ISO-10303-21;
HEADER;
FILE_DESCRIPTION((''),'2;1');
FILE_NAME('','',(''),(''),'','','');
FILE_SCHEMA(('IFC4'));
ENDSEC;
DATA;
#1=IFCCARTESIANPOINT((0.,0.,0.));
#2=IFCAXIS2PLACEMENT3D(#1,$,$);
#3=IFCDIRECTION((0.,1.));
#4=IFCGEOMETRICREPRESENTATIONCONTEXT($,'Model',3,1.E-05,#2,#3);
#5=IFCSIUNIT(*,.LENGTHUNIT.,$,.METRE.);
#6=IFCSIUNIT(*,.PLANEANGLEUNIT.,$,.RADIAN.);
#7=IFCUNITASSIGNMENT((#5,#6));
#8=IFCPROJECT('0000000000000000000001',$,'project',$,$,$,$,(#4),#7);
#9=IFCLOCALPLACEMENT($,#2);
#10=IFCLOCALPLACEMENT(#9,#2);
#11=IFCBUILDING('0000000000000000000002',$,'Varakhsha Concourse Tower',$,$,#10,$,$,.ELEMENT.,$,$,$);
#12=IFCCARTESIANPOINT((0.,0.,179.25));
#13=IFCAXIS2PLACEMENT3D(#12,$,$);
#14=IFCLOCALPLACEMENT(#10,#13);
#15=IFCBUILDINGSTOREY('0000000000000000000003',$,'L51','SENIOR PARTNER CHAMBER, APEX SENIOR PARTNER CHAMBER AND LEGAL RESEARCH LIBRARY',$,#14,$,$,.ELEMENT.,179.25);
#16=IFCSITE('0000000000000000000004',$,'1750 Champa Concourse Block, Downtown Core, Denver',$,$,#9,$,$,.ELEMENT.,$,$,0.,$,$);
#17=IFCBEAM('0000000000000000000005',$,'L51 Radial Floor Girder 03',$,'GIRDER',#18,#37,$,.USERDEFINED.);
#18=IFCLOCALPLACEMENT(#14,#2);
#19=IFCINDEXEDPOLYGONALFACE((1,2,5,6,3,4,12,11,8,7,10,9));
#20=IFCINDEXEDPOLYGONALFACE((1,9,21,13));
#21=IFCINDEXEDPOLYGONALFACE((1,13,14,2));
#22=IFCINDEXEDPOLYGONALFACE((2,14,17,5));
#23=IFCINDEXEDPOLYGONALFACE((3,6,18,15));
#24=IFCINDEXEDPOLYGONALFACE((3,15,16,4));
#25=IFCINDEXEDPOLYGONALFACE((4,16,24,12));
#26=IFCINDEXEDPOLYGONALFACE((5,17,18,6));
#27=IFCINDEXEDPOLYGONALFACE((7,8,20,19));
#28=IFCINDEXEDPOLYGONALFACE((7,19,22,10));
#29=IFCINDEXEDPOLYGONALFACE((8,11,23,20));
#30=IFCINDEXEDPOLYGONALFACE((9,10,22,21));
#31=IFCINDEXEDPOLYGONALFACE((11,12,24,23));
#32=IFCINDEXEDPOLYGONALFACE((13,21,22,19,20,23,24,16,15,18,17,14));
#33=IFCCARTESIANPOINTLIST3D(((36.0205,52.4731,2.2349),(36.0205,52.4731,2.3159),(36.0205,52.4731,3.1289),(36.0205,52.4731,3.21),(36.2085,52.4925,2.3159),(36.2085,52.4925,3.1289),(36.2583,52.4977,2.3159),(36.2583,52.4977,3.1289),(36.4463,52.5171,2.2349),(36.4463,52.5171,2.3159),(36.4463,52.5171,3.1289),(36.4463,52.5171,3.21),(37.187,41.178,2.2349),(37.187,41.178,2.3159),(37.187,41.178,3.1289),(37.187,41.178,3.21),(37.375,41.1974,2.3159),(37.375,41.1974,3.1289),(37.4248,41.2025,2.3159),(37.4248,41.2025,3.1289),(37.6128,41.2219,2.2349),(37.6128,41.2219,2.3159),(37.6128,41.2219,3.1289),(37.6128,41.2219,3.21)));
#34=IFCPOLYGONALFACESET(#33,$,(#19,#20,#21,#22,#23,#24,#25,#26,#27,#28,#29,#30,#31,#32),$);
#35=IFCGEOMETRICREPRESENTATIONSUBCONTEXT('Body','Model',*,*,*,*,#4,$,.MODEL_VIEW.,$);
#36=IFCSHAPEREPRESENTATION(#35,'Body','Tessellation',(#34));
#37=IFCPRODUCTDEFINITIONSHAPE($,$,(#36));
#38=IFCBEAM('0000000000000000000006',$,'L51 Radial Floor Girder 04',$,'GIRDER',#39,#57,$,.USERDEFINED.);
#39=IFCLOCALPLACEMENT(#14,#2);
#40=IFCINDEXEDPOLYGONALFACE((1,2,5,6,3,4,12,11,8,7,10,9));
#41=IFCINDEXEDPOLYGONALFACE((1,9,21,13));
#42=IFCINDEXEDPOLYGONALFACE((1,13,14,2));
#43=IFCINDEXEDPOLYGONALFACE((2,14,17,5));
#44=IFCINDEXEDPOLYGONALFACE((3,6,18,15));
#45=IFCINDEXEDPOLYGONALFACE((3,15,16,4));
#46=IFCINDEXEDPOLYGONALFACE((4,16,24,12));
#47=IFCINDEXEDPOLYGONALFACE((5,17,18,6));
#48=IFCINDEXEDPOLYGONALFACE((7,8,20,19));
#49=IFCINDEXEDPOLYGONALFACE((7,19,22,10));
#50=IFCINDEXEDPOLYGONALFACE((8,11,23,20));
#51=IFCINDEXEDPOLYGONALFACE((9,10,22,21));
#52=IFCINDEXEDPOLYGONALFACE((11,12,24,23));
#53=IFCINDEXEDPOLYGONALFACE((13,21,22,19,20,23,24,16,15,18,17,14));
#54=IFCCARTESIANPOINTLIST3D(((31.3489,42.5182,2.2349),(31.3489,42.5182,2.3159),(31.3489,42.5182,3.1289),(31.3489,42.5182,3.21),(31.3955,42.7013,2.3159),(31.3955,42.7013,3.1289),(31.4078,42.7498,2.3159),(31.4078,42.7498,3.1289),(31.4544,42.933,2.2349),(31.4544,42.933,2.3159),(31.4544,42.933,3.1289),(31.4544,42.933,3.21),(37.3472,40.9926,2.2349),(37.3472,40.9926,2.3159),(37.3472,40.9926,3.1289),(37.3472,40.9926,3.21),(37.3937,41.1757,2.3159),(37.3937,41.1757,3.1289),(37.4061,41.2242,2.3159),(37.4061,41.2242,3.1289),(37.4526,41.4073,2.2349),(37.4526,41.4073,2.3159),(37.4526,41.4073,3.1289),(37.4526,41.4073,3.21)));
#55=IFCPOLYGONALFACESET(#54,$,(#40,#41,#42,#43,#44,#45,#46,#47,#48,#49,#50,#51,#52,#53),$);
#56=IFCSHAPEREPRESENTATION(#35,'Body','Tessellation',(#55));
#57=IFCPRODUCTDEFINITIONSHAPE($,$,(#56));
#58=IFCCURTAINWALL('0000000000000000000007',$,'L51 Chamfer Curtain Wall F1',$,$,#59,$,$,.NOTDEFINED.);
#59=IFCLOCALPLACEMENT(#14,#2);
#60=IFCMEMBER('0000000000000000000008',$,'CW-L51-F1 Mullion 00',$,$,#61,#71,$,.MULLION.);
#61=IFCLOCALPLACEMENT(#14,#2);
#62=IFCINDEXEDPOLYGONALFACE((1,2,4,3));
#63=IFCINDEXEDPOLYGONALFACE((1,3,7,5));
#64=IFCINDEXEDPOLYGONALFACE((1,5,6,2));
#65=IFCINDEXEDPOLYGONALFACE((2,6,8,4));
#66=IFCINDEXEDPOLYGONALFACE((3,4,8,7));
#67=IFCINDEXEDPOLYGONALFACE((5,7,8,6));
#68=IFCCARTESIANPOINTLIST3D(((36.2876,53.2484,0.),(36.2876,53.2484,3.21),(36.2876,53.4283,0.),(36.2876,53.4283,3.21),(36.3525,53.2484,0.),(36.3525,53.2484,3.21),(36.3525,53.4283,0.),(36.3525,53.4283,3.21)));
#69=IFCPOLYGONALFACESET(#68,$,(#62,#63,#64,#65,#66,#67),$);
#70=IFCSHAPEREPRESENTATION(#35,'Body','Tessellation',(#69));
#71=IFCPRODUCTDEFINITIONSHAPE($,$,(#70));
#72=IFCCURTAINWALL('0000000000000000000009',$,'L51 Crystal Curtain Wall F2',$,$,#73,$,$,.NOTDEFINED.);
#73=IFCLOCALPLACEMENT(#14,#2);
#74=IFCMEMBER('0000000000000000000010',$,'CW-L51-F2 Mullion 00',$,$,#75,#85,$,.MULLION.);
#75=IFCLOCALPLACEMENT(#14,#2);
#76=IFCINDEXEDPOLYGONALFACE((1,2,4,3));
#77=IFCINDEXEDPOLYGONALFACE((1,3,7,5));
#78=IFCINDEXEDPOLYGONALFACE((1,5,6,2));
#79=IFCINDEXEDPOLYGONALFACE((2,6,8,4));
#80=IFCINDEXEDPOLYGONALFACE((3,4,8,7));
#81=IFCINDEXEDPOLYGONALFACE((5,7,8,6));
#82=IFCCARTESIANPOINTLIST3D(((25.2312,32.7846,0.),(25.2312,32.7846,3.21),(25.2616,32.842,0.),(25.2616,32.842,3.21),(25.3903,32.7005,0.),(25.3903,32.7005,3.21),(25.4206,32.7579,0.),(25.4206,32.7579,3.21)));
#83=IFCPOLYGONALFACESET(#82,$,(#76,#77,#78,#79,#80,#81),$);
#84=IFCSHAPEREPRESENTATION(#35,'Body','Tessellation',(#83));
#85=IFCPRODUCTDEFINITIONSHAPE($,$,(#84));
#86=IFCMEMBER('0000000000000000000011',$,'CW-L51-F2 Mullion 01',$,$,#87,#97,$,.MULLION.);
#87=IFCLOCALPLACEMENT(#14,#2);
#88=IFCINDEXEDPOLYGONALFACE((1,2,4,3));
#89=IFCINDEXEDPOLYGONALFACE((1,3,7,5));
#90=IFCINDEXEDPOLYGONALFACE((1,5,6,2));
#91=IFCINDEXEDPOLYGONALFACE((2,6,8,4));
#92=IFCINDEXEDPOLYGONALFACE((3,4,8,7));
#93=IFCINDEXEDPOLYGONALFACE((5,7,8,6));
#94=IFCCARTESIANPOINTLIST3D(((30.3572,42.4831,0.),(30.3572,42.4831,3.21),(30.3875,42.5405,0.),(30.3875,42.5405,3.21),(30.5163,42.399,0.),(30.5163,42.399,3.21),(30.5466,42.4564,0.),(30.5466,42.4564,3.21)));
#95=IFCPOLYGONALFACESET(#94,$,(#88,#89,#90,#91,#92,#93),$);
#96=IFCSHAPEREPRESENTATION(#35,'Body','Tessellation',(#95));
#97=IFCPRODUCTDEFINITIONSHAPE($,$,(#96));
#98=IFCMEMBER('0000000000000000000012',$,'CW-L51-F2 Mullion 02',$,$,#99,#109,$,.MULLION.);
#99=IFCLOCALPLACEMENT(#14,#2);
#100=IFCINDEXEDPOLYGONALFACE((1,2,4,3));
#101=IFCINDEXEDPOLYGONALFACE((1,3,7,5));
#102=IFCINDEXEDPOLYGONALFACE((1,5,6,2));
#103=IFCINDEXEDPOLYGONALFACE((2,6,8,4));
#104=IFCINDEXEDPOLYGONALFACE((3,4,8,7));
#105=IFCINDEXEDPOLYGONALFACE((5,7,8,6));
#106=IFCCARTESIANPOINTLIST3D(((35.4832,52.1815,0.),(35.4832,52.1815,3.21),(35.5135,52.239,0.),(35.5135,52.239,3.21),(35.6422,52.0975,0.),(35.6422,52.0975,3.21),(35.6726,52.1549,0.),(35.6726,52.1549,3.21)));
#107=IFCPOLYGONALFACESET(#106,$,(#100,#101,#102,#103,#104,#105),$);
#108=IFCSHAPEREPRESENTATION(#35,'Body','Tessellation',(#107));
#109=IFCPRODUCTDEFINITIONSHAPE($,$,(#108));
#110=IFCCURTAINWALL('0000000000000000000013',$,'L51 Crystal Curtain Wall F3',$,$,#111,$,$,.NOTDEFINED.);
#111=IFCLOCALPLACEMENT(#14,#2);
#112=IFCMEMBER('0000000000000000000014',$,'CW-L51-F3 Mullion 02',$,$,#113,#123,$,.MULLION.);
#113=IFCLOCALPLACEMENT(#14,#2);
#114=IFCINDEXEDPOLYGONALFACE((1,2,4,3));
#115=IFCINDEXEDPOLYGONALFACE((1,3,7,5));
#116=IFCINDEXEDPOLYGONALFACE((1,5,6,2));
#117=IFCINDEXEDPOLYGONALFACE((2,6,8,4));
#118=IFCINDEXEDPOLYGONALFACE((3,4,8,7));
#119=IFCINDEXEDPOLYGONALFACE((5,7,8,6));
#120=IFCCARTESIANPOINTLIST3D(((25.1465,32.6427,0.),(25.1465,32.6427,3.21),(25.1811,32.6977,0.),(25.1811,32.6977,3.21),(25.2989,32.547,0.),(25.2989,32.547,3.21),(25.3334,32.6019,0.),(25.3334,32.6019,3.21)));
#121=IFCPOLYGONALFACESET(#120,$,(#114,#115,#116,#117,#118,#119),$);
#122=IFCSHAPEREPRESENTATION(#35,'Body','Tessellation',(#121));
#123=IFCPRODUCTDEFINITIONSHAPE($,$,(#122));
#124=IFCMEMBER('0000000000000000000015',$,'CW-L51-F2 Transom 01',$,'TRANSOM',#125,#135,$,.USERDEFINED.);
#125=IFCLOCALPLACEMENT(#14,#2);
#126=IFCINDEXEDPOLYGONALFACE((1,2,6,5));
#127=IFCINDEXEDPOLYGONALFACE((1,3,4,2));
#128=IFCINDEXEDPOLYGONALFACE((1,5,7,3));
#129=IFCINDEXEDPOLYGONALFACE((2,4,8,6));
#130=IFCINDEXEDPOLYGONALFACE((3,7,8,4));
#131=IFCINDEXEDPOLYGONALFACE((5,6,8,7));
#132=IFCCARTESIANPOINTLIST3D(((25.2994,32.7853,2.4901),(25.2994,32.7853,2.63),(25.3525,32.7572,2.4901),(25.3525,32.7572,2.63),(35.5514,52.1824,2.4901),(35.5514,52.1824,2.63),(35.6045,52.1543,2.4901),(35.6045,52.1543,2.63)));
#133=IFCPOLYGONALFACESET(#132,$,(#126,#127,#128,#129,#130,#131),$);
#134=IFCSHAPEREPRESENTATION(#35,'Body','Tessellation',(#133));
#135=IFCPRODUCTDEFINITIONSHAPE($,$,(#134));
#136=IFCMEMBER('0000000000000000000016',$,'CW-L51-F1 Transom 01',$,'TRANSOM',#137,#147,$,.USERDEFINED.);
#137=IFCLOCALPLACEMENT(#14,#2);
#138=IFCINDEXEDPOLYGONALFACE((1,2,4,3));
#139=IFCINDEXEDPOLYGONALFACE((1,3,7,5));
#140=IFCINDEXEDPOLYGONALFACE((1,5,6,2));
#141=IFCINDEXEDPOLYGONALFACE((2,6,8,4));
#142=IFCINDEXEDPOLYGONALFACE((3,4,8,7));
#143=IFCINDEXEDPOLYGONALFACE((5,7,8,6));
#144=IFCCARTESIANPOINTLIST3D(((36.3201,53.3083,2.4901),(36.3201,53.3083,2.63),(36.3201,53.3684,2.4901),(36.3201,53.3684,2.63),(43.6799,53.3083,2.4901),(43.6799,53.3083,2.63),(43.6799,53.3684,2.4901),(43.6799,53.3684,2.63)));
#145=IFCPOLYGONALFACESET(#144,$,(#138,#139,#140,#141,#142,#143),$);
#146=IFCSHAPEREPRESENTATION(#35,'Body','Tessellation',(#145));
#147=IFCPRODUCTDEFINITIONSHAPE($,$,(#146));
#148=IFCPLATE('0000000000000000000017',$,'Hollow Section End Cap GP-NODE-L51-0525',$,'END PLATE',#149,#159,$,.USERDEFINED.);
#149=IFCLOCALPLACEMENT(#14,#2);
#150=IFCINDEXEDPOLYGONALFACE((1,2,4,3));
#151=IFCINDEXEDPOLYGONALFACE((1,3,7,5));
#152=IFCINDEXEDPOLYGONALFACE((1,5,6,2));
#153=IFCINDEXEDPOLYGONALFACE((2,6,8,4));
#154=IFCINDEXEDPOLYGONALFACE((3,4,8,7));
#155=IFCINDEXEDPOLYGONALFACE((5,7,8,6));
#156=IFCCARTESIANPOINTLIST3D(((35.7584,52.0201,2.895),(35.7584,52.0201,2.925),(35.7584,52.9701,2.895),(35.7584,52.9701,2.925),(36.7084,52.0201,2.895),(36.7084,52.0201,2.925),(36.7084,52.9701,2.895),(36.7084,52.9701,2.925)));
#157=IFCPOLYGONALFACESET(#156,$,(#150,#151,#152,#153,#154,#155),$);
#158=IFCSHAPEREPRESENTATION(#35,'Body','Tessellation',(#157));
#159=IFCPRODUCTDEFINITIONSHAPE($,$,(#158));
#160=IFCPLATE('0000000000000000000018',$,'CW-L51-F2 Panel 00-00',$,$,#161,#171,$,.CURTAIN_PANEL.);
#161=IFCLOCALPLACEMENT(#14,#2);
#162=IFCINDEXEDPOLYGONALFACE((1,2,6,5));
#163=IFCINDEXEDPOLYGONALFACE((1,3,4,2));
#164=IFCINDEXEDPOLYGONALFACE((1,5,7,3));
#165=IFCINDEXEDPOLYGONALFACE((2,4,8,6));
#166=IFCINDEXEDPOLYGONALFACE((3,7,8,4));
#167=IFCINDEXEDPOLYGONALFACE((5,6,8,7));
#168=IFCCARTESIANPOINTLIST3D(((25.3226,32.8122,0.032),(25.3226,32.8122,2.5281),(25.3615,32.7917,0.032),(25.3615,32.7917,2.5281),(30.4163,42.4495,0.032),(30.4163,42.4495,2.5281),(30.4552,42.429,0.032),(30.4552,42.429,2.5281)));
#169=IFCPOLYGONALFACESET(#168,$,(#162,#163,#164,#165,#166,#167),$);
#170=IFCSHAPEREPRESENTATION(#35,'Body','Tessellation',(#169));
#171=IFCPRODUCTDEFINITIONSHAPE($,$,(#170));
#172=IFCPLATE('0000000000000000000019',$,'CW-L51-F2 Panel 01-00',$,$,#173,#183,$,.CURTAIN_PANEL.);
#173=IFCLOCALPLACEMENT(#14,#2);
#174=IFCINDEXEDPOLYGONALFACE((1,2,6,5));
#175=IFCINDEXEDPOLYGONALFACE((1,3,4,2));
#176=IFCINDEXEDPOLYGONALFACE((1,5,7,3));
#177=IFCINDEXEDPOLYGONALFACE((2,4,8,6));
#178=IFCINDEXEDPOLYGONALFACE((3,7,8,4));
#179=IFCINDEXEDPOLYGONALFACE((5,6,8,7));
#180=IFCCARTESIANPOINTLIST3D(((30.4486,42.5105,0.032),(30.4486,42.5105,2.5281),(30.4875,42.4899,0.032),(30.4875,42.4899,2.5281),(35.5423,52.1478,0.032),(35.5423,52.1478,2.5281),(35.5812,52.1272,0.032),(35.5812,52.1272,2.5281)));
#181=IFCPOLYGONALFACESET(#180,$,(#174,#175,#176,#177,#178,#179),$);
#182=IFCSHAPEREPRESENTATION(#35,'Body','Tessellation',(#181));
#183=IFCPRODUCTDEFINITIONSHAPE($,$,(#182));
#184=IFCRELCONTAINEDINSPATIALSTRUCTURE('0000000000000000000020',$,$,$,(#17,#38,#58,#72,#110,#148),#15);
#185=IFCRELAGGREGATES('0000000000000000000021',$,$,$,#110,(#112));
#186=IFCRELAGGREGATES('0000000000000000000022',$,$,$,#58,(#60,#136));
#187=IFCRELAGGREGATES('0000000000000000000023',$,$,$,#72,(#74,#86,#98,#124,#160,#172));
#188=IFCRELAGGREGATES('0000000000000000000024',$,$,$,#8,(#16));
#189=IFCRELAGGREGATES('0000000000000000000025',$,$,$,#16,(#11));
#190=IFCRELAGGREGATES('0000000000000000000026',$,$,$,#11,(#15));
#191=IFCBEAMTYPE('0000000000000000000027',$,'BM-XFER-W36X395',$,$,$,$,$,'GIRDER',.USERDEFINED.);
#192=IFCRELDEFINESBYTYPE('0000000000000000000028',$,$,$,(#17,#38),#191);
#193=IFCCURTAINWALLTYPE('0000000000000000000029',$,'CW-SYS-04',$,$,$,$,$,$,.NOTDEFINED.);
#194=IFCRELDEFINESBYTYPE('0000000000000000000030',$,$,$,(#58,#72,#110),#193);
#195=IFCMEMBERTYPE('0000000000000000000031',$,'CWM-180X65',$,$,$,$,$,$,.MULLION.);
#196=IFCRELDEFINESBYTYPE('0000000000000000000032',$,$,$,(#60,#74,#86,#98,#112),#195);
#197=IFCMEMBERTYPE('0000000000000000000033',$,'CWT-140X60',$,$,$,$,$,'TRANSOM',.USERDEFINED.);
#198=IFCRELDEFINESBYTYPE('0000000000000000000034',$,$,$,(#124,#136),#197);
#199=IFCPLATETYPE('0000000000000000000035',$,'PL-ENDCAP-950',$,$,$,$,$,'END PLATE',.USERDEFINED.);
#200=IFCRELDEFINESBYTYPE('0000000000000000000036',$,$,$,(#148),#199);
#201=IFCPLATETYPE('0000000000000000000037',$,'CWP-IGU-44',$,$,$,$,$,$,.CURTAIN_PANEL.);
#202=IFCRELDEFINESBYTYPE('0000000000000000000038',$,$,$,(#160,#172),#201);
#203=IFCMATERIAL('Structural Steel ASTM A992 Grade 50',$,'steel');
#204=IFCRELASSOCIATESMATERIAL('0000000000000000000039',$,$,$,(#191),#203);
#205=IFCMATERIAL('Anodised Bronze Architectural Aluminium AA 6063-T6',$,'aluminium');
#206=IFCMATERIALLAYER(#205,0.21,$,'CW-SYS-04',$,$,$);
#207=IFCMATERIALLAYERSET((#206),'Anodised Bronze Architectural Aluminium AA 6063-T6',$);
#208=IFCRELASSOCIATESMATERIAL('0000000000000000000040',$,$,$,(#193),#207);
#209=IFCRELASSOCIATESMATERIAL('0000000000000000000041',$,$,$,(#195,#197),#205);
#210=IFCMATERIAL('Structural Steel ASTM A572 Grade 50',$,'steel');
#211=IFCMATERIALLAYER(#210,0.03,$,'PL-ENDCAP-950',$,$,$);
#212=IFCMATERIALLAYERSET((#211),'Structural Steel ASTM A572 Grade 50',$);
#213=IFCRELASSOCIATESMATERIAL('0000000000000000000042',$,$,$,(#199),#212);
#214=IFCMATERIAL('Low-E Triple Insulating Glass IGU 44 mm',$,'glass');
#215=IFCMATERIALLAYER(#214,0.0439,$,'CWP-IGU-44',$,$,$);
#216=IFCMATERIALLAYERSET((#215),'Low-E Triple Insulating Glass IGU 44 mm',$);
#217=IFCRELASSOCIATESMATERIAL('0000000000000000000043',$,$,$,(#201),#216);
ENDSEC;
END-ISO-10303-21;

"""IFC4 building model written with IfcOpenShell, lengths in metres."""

from ifc_helpers import new_model, si_unit, direction, frame, origin, origin_2d, place, context, subcontext, project, spatial, rectangle, i_section, extrude, source, transform, mapped, material, layer, layer_set, material_profile, profile_set, type_object, type_shapes, element, aggregate, save


model = new_model("IFC4")

# Units and contexts
model_context = context("Model", 3, precision=1e-05, world=origin(), true_north=direction((0.0, 1.0)))
body_context = subcontext(model_context, "Body", "Model", "MODEL_VIEW")
ifc_project = project(units=[si_unit("LENGTHUNIT", "METRE"), si_unit("PLANEANGLEUNIT", "RADIAN")], contexts=[model_context])

# Site, building, storey
site_placement = place(None, origin())
site = spatial("IfcSite", under=ifc_project, at=site_placement, Name="1750 Champa Concourse Block, Downtown Core, Denver", CompositionType="ELEMENT", RefElevation=0.0)
building_placement = place(site_placement, origin())
building = spatial("IfcBuilding", under=site, at=building_placement, Name="Varakhsha Concourse Tower", CompositionType="ELEMENT")
storey_placement = place(building_placement, frame((0.0, 0.0, 179.25)))
storey = spatial("IfcBuildingStorey", under=building, at=storey_placement, Name="L51", Description="SENIOR PARTNER CHAMBER, APEX SENIOR PARTNER CHAMBER AND LEGAL RESEARCH LIBRARY", CompositionType="ELEMENT", Elevation=179.25)

# Shared definitions
ifc_material_1 = material(Name="Structural Steel ASTM A992 Grade 50", Category="steel")
ifc_material_2 = material(Name="Structural Steel ASTM A572 Grade 50", Category="steel")

# Beams
ifc_material_profile_1 = material_profile(ifc_material_1, i_section(OverallWidth=0.428, OverallDepth=0.9751, WebThickness=0.05, FlangeThickness=0.0811, at=origin_2d()), Name="W36X395")
ifc_profile_set_1 = profile_set([ifc_material_profile_1], Name="Structural Steel ASTM A992 Grade 50")
beam_type_1 = type_object("IfcBeamType", Name="BM-XFER-W36X395", ElementType="GIRDER", PredefinedType="USERDEFINED", material=ifc_profile_set_1)
beam_1_placement = place(storey_placement, frame((37.3999, 41.2, 2.7224), z_axis=(-0.102728, 0.994709, 0.0), x_axis=(-0.994709, -0.102728, 0.0)))
element("IfcBeam", 1, at=beam_1_placement, inside=storey, type_object=beam_type_1, Name="L51 Radial Floor Girder 03", ObjectType="GIRDER", PredefinedType="USERDEFINED", context=body_context, shape_type="SweptSolid", body=[
    extrude(i_section(OverallWidth=0.428, OverallDepth=0.9751, WebThickness=0.05, FlangeThickness=0.0811, at=origin_2d()), origin(), (0.0, 0.0, 1.0), 11.3552),
])
beam_2_placement = place(storey_placement, frame((37.3999, 41.2, 2.7224), z_axis=(-0.969144, 0.246497, 0.0), x_axis=(-0.246497, -0.969144, 0.0)))
element("IfcBeam", 2, at=beam_2_placement, inside=storey, type_object=beam_type_1, Name="L51 Radial Floor Girder 04", ObjectType="GIRDER", PredefinedType="USERDEFINED", context=body_context, shape_type="SweptSolid", body=[
    extrude(i_section(OverallWidth=0.428, OverallDepth=0.9751, WebThickness=0.05, FlangeThickness=0.0811, at=origin_2d()), origin(), (0.0, 0.0, 1.0), 6.1892),
])

# Curtain wall, member
ifc_material_3 = material(Name="Anodised Bronze Architectural Aluminium AA 6063-T6", Category="aluminium")
ifc_layer_1 = layer(ifc_material_3, 0.21, Name="CW-SYS-04")
ifc_layer_set_1 = layer_set([ifc_layer_1], Name="Anodised Bronze Architectural Aluminium AA 6063-T6")
curtain_wall_type = type_object("IfcCurtainWallType", Name="CW-SYS-04", PredefinedType="NOTDEFINED", material=ifc_layer_set_1)
curtain_wall_1_placement = place(storey_placement, origin())
curtain_wall_1 = element("IfcCurtainWall", 3, at=curtain_wall_1_placement, inside=storey, type_object=curtain_wall_type, Name="L51 Chamfer Curtain Wall F1", PredefinedType="NOTDEFINED")
ifc_material_profile_2 = material_profile(ifc_material_3, rectangle(XDim=0.0649, YDim=0.1799, at=origin_2d()), Name="CWM-180X65")
ifc_profile_set_2 = profile_set([ifc_material_profile_2], Name="Anodised Bronze Architectural Aluminium AA 6063-T6")
member_type_1 = type_object("IfcMemberType", Name="CWM-180X65", PredefinedType="MULLION", material=ifc_profile_set_2)
shared_shape_1 = source(origin(), body_context, "Body", "SweptSolid", [
    extrude(rectangle(XDim=0.0649, YDim=0.1799, at=origin_2d()), origin(), (0.0, 0.0, 1.0), 3.21),
])
type_shapes(member_type_1, [shared_shape_1])
member_1_placement = place(storey_placement, frame((36.3201, 53.3384, 0.0), z_axis=(0.0, 0.0, 1.0), x_axis=(1.0, 0.0, 0.0)))
member_1 = element("IfcMember", 4, at=member_1_placement, type_object=member_type_1, Name="CW-L51-F1 Mullion 00", PredefinedType="MULLION", context=body_context, shape_type="MappedRepresentation", body=[
    mapped(shared_shape_1, transform((0.0, 0.0, 0.0), scale=1.0)),
])

# Curtain wall, members
curtain_wall_2_placement = place(storey_placement, origin())
curtain_wall_2 = element("IfcCurtainWall", 5, at=curtain_wall_2_placement, inside=storey, type_object=curtain_wall_type, Name="L51 Crystal Curtain Wall F2", PredefinedType="NOTDEFINED")
member_2_placement = place(storey_placement, frame((25.3259, 32.7712, 0.0), z_axis=(0.0, 0.0, 1.0), x_axis=(0.467286, 0.884106, 0.0)))
member_2 = element("IfcMember", 6, at=member_2_placement, type_object=member_type_1, Name="CW-L51-F2 Mullion 00", PredefinedType="MULLION", context=body_context, shape_type="MappedRepresentation", body=[
    mapped(shared_shape_1, transform((0.0, 0.0, 0.0), scale=1.0)),
])
member_3_placement = place(storey_placement, frame((30.4519, 42.4697, 0.0), z_axis=(0.0, 0.0, 1.0), x_axis=(0.467286, 0.884106, 0.0)))
member_3 = element("IfcMember", 7, at=member_3_placement, type_object=member_type_1, Name="CW-L51-F2 Mullion 01", PredefinedType="MULLION", context=body_context, shape_type="MappedRepresentation", body=[
    mapped(shared_shape_1, transform((0.0, 0.0, 0.0), scale=1.0)),
])
member_4_placement = place(storey_placement, frame((35.5779, 52.1682, 0.0), z_axis=(0.0, 0.0, 1.0), x_axis=(0.467286, 0.884106, 0.0)))
member_4 = element("IfcMember", 8, at=member_4_placement, type_object=member_type_1, Name="CW-L51-F2 Mullion 02", PredefinedType="MULLION", context=body_context, shape_type="MappedRepresentation", body=[
    mapped(shared_shape_1, transform((0.0, 0.0, 0.0), scale=1.0)),
])

# Curtain wall, member
curtain_wall_3_placement = place(storey_placement, origin())
curtain_wall_3 = element("IfcCurtainWall", 9, at=curtain_wall_3_placement, inside=storey, type_object=curtain_wall_type, Name="L51 Crystal Curtain Wall F3", PredefinedType="NOTDEFINED")
member_5_placement = place(storey_placement, frame((25.24, 32.6223, 0.0), z_axis=(0.0, 0.0, 1.0), x_axis=(0.532022, 0.84673, 0.0)))
member_5 = element("IfcMember", 10, at=member_5_placement, type_object=member_type_1, Name="CW-L51-F3 Mullion 02", PredefinedType="MULLION", context=body_context, shape_type="MappedRepresentation", body=[
    mapped(shared_shape_1, transform((0.0, 0.0, 0.0), scale=1.0)),
])
aggregate(curtain_wall_3, [member_5])

# Members
ifc_material_profile_3 = material_profile(ifc_material_3, rectangle(XDim=0.0601, YDim=0.1399, at=origin_2d()), Name="CWT-140X60")
ifc_profile_set_3 = profile_set([ifc_material_profile_3], Name="Anodised Bronze Architectural Aluminium AA 6063-T6")
member_type_2 = type_object("IfcMemberType", Name="CWT-140X60", ElementType="TRANSOM", PredefinedType="USERDEFINED", material=ifc_profile_set_3)
shared_shape_2 = source(origin(), body_context, "Body", "SweptSolid", [
    extrude(rectangle(XDim=0.0601, YDim=0.1399, at=origin_2d()), origin(), (0.0, 0.0, 1.0), 21.9397),
])
member_6_placement = place(storey_placement, frame((25.3259, 32.7712, 2.5601), z_axis=(0.467281, 0.884109, 0.0), x_axis=(-0.884109, 0.467281, 0.0)))
member_6 = element("IfcMember", 11, at=member_6_placement, type_object=member_type_2, Name="CW-L51-F2 Transom 01", ObjectType="TRANSOM", PredefinedType="USERDEFINED", context=body_context, shape_type="MappedRepresentation", body=[
    mapped(shared_shape_2, transform((0.0, 0.0, 0.0), scale=1.0)),
])
shared_shape_3 = source(origin(), body_context, "Body", "SweptSolid", [
    extrude(rectangle(XDim=0.0601, YDim=0.1399, at=origin_2d()), origin(), (0.0, 0.0, 1.0), 7.3599),
])
type_shapes(member_type_2, [shared_shape_2, shared_shape_3])
member_7_placement = place(storey_placement, frame((36.3201, 53.3384, 2.5601), z_axis=(1.0, 0.0, 0.0), x_axis=(0.0, 1.0, 0.0)))
member_7 = element("IfcMember", 12, at=member_7_placement, type_object=member_type_2, Name="CW-L51-F1 Transom 01", ObjectType="TRANSOM", PredefinedType="USERDEFINED", context=body_context, shape_type="MappedRepresentation", body=[
    mapped(shared_shape_3, transform((0.0, 0.0, 0.0), scale=1.0)),
])
aggregate(curtain_wall_1, [member_1, member_7])

# Plates
ifc_layer_2 = layer(ifc_material_2, 0.03, Name="PL-ENDCAP-950")
ifc_layer_set_2 = layer_set([ifc_layer_2], Name="Structural Steel ASTM A572 Grade 50")
plate_type_1 = type_object("IfcPlateType", Name="PL-ENDCAP-950", ElementType="END PLATE", PredefinedType="USERDEFINED", material=ifc_layer_set_2)
shared_shape_4 = source(origin(), body_context, "Body", "SweptSolid", [
    extrude(rectangle(XDim=0.95, YDim=0.95, at=origin_2d()), origin(), (0.0, 0.0, 1.0), 0.03),
])
type_shapes(plate_type_1, [shared_shape_4])
plate_1_placement = place(storey_placement, frame((36.2334, 52.4951, 2.895), z_axis=(0.0, 0.0, 1.0), x_axis=(1.0, 0.0, 0.0)))
element("IfcPlate", 13, at=plate_1_placement, inside=storey, type_object=plate_type_1, Name="Hollow Section End Cap GP-NODE-L51-0525", ObjectType="END PLATE", PredefinedType="USERDEFINED", context=body_context, shape_type="MappedRepresentation", body=[
    mapped(shared_shape_4, transform((0.0, 0.0, 0.0), scale=1.0)),
])
ifc_material_4 = material(Name="Low-E Triple Insulating Glass IGU 44 mm", Category="glass")
ifc_layer_3 = layer(ifc_material_4, 0.0439, Name="CWP-IGU-44")
ifc_layer_set_3 = layer_set([ifc_layer_3], Name="Low-E Triple Insulating Glass IGU 44 mm")
plate_type_2 = type_object("IfcPlateType", Name="CWP-IGU-44", PredefinedType="CURTAIN_PANEL", material=ifc_layer_set_3)
shared_shape_5 = source(origin(), body_context, "Body", "SweptSolid", [
    extrude(rectangle(XDim=10.9006, YDim=0.0439, at=origin_2d()), origin(), (0.0, 0.0, 1.0), 2.4961),
])
type_shapes(plate_type_2, [shared_shape_5])
plate_2_placement = place(storey_placement, frame((27.8889, 37.6206, 0.032), z_axis=(0.0, 0.0, 1.0), x_axis=(0.467286, 0.884106, 0.0)))
plate_2 = element("IfcPlate", 14, at=plate_2_placement, type_object=plate_type_2, Name="CW-L51-F2 Panel 00-00", PredefinedType="CURTAIN_PANEL", context=body_context, shape_type="MappedRepresentation", body=[
    mapped(shared_shape_5, transform((0.0, 0.0, 0.0), scale=1.0)),
])
plate_3_placement = place(storey_placement, frame((33.0149, 47.3188, 0.032), z_axis=(0.0, 0.0, 1.0), x_axis=(0.467286, 0.884106, 0.0)))
plate_3 = element("IfcPlate", 15, at=plate_3_placement, type_object=plate_type_2, Name="CW-L51-F2 Panel 01-00", PredefinedType="CURTAIN_PANEL", context=body_context, shape_type="MappedRepresentation", body=[
    mapped(shared_shape_5, transform((0.0, 0.0, 0.0), scale=1.0)),
])
aggregate(curtain_wall_2, [member_2, member_3, member_4, member_6, plate_2, plate_3])

save(model, "model.ifc")
